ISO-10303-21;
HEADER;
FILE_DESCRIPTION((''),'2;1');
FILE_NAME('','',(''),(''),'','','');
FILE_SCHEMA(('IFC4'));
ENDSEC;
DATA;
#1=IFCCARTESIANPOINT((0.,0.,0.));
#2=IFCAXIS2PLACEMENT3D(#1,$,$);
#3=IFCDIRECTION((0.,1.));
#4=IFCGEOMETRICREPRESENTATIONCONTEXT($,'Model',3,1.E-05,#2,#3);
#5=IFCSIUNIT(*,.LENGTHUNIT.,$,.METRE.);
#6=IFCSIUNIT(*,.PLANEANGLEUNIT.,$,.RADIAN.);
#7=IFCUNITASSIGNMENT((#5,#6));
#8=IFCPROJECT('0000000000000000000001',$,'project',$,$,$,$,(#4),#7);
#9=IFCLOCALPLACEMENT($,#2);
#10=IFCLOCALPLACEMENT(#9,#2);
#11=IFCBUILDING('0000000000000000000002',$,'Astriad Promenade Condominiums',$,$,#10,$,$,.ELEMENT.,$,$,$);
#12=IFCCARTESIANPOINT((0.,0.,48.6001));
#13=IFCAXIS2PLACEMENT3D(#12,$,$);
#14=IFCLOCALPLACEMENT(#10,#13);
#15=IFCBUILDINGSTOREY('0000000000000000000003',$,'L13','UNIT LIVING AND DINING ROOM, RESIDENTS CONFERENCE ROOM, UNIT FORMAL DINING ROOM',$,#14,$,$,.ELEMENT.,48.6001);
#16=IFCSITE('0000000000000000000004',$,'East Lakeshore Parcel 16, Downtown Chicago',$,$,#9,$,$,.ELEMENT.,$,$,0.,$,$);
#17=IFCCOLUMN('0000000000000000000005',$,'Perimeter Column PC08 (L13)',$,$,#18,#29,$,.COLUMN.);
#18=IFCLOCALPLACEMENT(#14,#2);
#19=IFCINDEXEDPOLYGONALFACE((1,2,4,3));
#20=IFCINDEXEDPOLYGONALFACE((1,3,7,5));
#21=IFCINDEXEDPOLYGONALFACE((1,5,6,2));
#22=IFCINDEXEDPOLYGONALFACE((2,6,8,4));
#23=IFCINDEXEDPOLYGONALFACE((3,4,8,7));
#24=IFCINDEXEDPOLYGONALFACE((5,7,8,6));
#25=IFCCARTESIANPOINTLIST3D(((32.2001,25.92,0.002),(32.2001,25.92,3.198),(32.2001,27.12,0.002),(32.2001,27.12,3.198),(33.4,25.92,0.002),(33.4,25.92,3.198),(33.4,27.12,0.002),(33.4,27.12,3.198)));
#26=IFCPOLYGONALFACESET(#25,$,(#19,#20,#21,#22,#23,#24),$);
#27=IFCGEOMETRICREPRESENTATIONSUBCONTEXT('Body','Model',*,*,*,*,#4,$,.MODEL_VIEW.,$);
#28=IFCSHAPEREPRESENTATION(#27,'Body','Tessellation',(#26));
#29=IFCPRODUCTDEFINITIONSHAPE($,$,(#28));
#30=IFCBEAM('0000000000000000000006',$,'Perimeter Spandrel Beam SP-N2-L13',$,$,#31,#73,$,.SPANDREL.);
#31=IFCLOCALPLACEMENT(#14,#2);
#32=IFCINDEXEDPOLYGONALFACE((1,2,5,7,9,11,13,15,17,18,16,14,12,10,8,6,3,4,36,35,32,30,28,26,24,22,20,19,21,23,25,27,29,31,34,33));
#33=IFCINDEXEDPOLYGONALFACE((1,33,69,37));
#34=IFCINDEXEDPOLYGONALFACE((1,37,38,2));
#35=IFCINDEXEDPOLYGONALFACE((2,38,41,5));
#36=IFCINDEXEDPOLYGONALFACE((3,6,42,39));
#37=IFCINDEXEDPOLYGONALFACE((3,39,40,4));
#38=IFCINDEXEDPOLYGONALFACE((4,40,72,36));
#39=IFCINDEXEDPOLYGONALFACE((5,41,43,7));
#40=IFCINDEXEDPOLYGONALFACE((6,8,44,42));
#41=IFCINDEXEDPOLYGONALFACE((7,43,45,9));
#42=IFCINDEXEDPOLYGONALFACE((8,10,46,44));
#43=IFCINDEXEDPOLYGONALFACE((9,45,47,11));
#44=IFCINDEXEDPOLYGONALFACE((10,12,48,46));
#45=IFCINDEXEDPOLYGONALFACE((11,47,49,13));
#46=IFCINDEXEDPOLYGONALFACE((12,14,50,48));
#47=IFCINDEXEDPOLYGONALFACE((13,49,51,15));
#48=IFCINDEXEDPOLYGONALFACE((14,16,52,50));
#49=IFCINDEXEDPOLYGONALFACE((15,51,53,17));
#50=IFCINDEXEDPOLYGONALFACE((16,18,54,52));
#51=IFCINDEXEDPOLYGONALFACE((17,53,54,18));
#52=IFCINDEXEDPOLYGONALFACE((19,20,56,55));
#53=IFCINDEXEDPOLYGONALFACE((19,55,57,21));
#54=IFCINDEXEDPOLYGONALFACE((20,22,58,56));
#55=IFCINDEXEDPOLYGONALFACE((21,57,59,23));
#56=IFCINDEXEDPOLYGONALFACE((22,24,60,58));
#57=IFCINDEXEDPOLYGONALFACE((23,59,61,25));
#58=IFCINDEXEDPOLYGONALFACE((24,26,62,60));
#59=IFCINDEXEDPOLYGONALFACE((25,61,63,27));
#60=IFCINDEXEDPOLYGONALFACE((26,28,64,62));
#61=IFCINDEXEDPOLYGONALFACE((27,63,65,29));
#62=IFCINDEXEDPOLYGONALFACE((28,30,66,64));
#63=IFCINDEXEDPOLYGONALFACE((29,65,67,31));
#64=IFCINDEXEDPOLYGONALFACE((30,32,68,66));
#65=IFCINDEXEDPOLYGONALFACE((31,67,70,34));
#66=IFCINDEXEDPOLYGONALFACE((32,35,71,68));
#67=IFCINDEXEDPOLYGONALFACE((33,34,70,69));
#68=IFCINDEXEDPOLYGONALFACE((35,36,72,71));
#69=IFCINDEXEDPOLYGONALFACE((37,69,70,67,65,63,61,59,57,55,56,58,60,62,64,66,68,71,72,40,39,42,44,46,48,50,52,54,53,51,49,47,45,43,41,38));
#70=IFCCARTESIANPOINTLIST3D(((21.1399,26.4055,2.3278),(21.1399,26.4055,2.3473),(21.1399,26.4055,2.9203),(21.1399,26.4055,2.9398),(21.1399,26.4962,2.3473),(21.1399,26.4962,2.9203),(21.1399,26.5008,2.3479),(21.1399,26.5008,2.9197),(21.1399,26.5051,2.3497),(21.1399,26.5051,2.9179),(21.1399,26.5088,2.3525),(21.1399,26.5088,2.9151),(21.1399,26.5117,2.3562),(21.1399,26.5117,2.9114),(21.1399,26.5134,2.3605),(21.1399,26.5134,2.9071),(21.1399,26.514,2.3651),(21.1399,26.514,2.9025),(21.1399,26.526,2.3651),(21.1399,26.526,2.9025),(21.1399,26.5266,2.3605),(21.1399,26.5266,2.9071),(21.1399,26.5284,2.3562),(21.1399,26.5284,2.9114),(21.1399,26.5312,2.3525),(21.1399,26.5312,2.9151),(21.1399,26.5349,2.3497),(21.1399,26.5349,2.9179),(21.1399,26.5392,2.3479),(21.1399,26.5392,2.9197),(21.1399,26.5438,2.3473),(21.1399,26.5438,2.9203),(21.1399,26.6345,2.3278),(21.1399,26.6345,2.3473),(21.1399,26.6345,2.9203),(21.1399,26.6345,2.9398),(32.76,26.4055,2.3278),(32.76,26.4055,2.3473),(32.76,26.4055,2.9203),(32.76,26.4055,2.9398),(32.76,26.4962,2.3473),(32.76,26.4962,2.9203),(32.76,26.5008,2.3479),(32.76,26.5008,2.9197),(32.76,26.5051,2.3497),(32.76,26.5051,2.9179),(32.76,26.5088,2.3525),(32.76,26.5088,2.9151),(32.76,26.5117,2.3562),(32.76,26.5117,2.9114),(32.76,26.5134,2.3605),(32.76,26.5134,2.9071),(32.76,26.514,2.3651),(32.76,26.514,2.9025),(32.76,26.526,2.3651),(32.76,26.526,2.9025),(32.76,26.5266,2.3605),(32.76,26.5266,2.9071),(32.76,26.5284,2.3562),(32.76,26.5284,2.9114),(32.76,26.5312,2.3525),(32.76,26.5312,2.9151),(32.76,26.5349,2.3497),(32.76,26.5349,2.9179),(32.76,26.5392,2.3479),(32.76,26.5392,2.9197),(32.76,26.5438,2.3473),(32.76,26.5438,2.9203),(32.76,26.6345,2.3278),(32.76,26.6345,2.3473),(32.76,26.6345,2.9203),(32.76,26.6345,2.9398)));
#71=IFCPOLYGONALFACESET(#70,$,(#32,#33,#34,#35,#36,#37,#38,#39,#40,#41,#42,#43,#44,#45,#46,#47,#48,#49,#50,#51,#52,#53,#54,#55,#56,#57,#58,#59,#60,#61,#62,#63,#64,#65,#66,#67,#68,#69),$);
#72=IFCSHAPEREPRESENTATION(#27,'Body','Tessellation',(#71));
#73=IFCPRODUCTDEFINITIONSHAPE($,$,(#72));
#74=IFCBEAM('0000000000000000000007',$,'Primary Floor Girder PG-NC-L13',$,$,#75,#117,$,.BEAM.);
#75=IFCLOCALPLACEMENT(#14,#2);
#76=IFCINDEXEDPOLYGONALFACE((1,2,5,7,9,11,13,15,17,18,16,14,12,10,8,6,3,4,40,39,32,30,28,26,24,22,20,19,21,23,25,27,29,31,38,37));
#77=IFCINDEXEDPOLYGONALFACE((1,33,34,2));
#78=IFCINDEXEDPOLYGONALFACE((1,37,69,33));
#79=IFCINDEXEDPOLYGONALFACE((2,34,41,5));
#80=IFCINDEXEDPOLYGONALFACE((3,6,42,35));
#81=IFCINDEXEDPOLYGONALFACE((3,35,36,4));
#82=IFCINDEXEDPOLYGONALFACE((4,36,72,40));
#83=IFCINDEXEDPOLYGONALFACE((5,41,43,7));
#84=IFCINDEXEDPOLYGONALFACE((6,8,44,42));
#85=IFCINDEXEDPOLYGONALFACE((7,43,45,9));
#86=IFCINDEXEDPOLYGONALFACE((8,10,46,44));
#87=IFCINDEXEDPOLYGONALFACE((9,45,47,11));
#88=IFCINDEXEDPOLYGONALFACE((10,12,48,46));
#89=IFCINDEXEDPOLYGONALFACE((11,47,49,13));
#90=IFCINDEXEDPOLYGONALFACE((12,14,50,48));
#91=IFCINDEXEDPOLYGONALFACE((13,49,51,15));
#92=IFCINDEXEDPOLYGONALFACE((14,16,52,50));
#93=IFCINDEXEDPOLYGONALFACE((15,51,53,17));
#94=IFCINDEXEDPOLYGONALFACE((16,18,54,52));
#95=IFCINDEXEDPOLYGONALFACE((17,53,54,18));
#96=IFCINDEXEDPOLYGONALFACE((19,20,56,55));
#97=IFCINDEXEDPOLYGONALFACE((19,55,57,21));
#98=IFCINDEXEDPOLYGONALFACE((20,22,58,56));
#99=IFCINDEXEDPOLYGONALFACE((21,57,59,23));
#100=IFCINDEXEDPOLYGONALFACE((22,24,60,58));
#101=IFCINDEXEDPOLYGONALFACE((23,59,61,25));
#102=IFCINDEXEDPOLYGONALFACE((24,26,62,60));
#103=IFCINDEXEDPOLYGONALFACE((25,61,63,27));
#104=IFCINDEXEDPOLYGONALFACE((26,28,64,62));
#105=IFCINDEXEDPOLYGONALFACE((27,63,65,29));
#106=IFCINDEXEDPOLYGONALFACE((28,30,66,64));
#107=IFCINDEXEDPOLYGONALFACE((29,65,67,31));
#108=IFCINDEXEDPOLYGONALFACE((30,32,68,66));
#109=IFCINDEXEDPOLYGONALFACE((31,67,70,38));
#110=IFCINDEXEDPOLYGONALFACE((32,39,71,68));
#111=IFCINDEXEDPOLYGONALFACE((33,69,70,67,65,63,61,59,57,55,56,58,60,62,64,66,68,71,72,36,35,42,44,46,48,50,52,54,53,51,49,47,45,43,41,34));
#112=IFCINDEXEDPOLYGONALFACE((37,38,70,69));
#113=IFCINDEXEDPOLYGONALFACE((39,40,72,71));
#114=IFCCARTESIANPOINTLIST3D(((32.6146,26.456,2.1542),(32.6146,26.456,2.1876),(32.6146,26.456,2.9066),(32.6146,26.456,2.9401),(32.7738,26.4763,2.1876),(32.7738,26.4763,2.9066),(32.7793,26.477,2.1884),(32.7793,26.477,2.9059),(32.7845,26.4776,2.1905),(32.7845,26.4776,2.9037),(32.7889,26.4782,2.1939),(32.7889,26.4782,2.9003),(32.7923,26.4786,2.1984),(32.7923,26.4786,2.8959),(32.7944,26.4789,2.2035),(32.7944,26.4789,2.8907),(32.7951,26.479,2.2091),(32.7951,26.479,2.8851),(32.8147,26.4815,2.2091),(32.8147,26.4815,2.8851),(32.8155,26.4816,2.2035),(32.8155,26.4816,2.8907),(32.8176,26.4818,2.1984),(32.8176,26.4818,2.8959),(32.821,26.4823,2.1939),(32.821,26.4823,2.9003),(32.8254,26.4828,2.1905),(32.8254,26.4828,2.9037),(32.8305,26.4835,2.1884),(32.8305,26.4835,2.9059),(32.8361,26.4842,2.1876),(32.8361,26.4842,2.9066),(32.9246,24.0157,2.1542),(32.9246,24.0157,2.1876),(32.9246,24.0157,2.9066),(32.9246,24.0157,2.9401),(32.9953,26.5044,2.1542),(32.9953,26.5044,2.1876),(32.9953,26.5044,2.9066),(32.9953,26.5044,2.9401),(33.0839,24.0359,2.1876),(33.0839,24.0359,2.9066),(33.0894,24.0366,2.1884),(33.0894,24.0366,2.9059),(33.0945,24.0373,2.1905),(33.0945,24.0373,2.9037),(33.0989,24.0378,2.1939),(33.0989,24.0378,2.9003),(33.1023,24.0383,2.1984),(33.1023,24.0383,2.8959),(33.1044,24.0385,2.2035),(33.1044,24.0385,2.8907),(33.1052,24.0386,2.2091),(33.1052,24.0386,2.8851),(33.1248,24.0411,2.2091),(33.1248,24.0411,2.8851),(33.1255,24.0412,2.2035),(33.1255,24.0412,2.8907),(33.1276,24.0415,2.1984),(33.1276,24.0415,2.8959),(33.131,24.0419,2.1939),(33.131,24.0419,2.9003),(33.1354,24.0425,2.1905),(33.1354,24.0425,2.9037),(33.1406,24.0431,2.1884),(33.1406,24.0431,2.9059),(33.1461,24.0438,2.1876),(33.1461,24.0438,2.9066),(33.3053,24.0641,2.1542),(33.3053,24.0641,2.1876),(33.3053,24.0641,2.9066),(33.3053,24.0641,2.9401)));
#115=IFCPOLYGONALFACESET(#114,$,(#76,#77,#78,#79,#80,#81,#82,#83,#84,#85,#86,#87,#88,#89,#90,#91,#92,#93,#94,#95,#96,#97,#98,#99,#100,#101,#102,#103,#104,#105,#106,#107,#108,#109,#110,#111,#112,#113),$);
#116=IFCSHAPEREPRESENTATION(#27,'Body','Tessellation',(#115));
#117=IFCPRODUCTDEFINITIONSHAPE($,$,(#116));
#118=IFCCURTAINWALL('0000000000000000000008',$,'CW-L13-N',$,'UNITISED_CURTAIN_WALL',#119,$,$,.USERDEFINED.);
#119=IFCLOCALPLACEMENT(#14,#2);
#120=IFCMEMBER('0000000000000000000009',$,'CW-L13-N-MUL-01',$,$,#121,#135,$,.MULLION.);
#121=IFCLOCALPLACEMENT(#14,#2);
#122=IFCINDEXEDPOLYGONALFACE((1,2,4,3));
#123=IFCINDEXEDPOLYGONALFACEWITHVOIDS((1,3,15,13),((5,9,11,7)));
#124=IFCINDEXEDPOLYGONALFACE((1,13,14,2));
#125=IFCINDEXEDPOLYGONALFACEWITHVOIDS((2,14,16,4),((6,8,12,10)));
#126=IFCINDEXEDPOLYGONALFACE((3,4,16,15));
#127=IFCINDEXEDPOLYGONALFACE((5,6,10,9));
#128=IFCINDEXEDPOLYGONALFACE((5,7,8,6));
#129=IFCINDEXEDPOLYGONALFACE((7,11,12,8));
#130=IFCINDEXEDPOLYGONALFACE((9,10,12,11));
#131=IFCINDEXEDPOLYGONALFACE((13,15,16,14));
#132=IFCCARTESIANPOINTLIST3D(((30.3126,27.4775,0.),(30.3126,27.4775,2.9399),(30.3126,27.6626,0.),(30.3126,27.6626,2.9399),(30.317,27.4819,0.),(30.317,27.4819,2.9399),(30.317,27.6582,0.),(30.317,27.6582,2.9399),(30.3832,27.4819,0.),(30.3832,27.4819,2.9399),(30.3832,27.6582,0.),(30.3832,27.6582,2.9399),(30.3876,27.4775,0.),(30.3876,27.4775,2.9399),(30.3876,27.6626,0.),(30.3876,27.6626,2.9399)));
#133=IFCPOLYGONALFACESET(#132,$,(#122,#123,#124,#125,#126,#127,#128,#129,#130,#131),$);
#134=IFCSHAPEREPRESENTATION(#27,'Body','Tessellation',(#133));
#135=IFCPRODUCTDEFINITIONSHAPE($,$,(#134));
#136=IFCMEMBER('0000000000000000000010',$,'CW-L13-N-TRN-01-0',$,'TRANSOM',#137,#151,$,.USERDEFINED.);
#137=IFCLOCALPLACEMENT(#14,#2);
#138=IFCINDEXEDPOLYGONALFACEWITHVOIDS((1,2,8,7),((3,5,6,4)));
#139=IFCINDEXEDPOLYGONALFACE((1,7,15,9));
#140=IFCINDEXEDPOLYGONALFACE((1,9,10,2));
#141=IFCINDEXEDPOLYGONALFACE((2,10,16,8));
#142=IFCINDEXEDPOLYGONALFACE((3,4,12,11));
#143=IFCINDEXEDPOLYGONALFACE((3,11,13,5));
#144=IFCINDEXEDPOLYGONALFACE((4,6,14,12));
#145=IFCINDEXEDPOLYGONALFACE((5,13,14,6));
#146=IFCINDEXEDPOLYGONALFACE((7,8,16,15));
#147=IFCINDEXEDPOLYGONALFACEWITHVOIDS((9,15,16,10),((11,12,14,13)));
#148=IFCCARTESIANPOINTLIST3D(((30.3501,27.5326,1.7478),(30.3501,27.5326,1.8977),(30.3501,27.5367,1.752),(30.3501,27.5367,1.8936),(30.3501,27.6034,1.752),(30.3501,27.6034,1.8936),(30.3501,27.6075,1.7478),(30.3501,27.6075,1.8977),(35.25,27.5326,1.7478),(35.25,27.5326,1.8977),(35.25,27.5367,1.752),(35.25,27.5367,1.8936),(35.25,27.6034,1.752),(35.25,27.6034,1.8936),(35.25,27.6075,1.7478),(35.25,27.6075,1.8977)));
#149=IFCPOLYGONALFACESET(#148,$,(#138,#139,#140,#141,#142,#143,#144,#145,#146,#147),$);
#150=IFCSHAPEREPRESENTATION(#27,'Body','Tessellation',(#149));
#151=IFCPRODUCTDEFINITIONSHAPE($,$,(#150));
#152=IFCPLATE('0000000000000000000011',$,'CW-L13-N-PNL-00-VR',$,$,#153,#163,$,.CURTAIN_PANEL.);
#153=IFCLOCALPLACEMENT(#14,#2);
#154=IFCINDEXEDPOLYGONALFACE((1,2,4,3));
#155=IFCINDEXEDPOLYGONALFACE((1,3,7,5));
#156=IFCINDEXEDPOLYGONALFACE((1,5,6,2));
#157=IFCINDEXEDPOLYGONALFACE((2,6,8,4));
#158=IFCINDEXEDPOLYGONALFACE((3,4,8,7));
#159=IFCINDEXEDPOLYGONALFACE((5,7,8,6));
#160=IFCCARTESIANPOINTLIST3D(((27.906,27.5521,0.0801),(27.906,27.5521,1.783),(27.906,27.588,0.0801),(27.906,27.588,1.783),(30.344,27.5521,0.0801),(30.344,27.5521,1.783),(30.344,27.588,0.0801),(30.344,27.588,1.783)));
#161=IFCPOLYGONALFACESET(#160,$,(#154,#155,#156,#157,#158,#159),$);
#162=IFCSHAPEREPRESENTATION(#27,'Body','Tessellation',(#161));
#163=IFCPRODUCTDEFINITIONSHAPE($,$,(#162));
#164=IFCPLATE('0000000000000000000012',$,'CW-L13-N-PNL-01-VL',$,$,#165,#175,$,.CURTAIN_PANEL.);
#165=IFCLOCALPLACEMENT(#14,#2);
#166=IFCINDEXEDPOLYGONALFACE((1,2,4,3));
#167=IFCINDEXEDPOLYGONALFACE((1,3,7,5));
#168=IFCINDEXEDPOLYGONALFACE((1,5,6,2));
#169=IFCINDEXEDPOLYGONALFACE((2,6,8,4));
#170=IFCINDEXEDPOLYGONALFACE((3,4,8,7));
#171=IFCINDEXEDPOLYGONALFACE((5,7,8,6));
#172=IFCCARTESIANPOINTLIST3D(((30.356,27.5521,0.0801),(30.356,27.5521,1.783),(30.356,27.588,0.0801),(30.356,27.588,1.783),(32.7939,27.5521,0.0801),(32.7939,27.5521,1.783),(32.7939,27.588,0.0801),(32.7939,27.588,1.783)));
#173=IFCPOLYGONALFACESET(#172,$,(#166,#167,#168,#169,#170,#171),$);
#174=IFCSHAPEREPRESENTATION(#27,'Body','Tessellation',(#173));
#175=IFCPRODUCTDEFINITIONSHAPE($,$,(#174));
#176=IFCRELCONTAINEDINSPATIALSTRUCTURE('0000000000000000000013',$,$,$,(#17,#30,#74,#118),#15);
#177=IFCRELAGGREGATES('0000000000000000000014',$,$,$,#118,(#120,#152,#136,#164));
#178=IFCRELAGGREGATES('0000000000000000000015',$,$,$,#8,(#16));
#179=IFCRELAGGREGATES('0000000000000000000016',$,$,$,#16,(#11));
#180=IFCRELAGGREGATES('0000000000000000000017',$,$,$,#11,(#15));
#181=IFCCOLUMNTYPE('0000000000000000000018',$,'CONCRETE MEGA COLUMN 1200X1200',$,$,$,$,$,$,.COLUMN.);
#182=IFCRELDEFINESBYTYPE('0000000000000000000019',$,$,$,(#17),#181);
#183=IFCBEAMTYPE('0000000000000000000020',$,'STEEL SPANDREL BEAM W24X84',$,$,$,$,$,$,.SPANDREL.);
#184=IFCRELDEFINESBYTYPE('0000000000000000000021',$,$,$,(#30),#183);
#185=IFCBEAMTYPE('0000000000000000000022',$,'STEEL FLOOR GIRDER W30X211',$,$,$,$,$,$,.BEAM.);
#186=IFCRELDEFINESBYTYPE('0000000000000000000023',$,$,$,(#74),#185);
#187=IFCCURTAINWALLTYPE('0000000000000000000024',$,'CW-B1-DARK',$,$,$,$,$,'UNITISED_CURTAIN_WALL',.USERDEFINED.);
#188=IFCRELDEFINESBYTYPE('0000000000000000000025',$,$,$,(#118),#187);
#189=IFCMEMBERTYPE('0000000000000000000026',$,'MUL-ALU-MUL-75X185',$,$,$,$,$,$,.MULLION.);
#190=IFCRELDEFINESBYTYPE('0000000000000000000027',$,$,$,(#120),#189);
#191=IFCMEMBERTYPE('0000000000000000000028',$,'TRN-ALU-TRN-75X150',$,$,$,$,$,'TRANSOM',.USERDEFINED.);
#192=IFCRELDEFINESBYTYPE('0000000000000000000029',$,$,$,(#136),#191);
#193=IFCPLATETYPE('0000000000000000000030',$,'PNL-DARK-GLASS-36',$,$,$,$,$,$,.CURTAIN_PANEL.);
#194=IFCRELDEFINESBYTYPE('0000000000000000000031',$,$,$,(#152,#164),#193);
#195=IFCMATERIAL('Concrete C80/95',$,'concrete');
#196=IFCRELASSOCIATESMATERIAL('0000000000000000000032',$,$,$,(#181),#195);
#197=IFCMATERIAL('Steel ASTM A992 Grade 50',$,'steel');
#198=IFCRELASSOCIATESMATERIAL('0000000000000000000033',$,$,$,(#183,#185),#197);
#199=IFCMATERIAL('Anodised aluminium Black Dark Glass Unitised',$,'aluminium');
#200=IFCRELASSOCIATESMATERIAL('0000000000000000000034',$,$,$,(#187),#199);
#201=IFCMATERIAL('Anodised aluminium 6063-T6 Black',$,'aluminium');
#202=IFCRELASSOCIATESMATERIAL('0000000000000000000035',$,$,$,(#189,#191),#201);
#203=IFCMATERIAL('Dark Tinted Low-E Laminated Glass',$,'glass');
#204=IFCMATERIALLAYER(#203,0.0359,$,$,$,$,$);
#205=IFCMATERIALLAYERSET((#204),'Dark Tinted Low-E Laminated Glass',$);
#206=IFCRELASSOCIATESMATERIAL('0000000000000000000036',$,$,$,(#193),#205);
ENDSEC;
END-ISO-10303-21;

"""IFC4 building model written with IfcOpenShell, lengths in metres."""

from ifc_helpers import new_model, si_unit, direction, frame, origin, origin_2d, place, context, subcontext, project, spatial, rectangle, hollow_rectangle, i_section, extrude, source, transform, mapped, material, layer, layer_set, material_profile, profile_set, type_object, type_shapes, element, aggregate, save


model = new_model("IFC4")

# Units and contexts
model_context = context("Model", 3, precision=1e-05, world=origin(), true_north=direction((0.0, 1.0)))
body_context = subcontext(model_context, "Body", "Model", "MODEL_VIEW")
ifc_project = project(units=[si_unit("LENGTHUNIT", "METRE"), si_unit("PLANEANGLEUNIT", "RADIAN")], contexts=[model_context])

# Site, building, storey
site_placement = place(None, origin())
site = spatial("IfcSite", under=ifc_project, at=site_placement, Name="East Lakeshore Parcel 16, Downtown Chicago", CompositionType="ELEMENT", RefElevation=0.0)
building_placement = place(site_placement, origin())
building = spatial("IfcBuilding", under=site, at=building_placement, Name="Astriad Promenade Condominiums", CompositionType="ELEMENT")
storey_placement = place(building_placement, frame((0.0, 0.0, 48.6001)))
storey = spatial("IfcBuildingStorey", under=building, at=storey_placement, Name="L13", Description="UNIT LIVING AND DINING ROOM, RESIDENTS CONFERENCE ROOM, UNIT FORMAL DINING ROOM", CompositionType="ELEMENT", Elevation=48.6001)

# Column
ifc_material_1 = material(Name="Concrete C80/95", Category="concrete")
ifc_material_profile_1 = material_profile(ifc_material_1, rectangle(XDim=1.2, YDim=1.2, at=origin_2d()), Name="RC-COL-1200X1200")
ifc_profile_set_1 = profile_set([ifc_material_profile_1], Name="Concrete C80/95")
column_type = type_object("IfcColumnType", Name="CONCRETE MEGA COLUMN 1200X1200", PredefinedType="COLUMN", material=ifc_profile_set_1)
shared_shape_1 = source(origin(), body_context, "Body", "SweptSolid", [
    extrude(rectangle(XDim=1.2, YDim=1.2, at=origin_2d()), origin(), (0.0, 0.0, 1.0), 3.196),
])
type_shapes(column_type, [shared_shape_1])
column_placement = place(storey_placement, frame((32.8, 26.52, 0.002), z_axis=(0.0, 0.0, 1.0), x_axis=(1.0, 0.0, 0.0)))
element("IfcColumn", 1, at=column_placement, inside=storey, type_object=column_type, Name="Perimeter Column PC08 (L13)", PredefinedType="COLUMN", context=body_context, shape_type="MappedRepresentation", body=[
    mapped(shared_shape_1, transform((0.0, 0.0, 0.0), scale=1.0)),
])

# Beams
ifc_material_2 = material(Name="Steel ASTM A992 Grade 50", Category="steel")
ifc_material_profile_2 = material_profile(ifc_material_2, i_section(OverallWidth=0.229, OverallDepth=0.6121, WebThickness=0.012, FlangeThickness=0.0195, FilletRadius=0.0178, at=origin_2d()), Name="W24X84")
ifc_profile_set_2 = profile_set([ifc_material_profile_2], Name="Steel ASTM A992 Grade 50")
beam_type_1 = type_object("IfcBeamType", Name="STEEL SPANDREL BEAM W24X84", PredefinedType="SPANDREL", material=ifc_profile_set_2)
shared_shape_2 = source(origin(), body_context, "Body", "SweptSolid", [
    extrude(i_section(OverallWidth=0.229, OverallDepth=0.6121, WebThickness=0.012, FlangeThickness=0.0195, FilletRadius=0.0178, at=origin_2d()), origin(), (0.0, 0.0, 1.0), 11.6201),
])
type_shapes(beam_type_1, [shared_shape_2])
beam_1_placement = place(storey_placement, frame((32.76, 26.52, 2.6338), z_axis=(-1.0, 0.0, 0.0), x_axis=(0.0, -1.0, 0.0)))
element("IfcBeam", 2, at=beam_1_placement, inside=storey, type_object=beam_type_1, Name="Perimeter Spandrel Beam SP-N2-L13", PredefinedType="SPANDREL", context=body_context, shape_type="MappedRepresentation", body=[
    mapped(shared_shape_2, transform((0.0, 0.0, 0.0), scale=1.0)),
])
ifc_material_profile_3 = material_profile(ifc_material_2, i_section(OverallWidth=0.3838, OverallDepth=0.7859, WebThickness=0.0198, FlangeThickness=0.0334, FilletRadius=0.0215, at=origin_2d()), Name="W30X211")
ifc_profile_set_3 = profile_set([ifc_material_profile_3], Name="Steel ASTM A992 Grade 50")
beam_type_2 = type_object("IfcBeamType", Name="STEEL FLOOR GIRDER W30X211", PredefinedType="BEAM", material=ifc_profile_set_3)
shared_shape_3 = source(origin(), body_context, "Body", "SweptSolid", [
    extrude(i_section(OverallWidth=0.3838, OverallDepth=0.7859, WebThickness=0.0198, FlangeThickness=0.0334, FilletRadius=0.0215, at=origin_2d()), origin(), (0.0, 0.0, 1.0), 2.46),
])
type_shapes(beam_type_2, [shared_shape_3])
beam_2_placement = place(storey_placement, frame((32.8049, 26.4802, 2.5471), z_axis=(0.126038, -0.992025, 0.0), x_axis=(0.992025, 0.126038, 0.0)))
element("IfcBeam", 3, at=beam_2_placement, inside=storey, type_object=beam_type_2, Name="Primary Floor Girder PG-NC-L13", PredefinedType="BEAM", context=body_context, shape_type="MappedRepresentation", body=[
    mapped(shared_shape_3, transform((0.0, 0.0, 0.0), scale=1.0)),
])

# Curtain wall, members, plates
ifc_material_3 = material(Name="Anodised aluminium Black Dark Glass Unitised", Category="aluminium")
curtain_wall_type = type_object("IfcCurtainWallType", Name="CW-B1-DARK", ElementType="UNITISED_CURTAIN_WALL", PredefinedType="USERDEFINED", material=ifc_material_3)
curtain_wall_placement = place(storey_placement, origin())
curtain_wall = element("IfcCurtainWall", 4, at=curtain_wall_placement, inside=storey, type_object=curtain_wall_type, Name="CW-L13-N", ObjectType="UNITISED_CURTAIN_WALL", PredefinedType="USERDEFINED")
ifc_material_4 = material(Name="Anodised aluminium 6063-T6 Black", Category="aluminium")
ifc_material_profile_4 = material_profile(ifc_material_4, hollow_rectangle(XDim=0.075, YDim=0.1851, WallThickness=0.0044, at=origin_2d()), Name="ALU-MUL-75X185")
ifc_profile_set_4 = profile_set([ifc_material_profile_4], Name="Anodised aluminium 6063-T6 Black")
member_type_1 = type_object("IfcMemberType", Name="MUL-ALU-MUL-75X185", PredefinedType="MULLION", material=ifc_profile_set_4)
shared_shape_4 = source(origin(), body_context, "Body", "SweptSolid", [
    extrude(hollow_rectangle(XDim=0.075, YDim=0.1851, WallThickness=0.0044, at=origin_2d()), origin(), (0.0, 0.0, 1.0), 2.9399),
])
type_shapes(member_type_1, [shared_shape_4])
member_1_placement = place(storey_placement, frame((30.3501, 27.5701, 0.0), z_axis=(0.0, 0.0, 1.0), x_axis=(1.0, 0.0, 0.0)))
member_1 = element("IfcMember", 5, at=member_1_placement, type_object=member_type_1, Name="CW-L13-N-MUL-01", PredefinedType="MULLION", context=body_context, shape_type="MappedRepresentation", body=[
    mapped(shared_shape_4, transform((0.0, 0.0, 0.0), scale=1.0)),
])
ifc_material_profile_5 = material_profile(ifc_material_4, hollow_rectangle(XDim=0.075, YDim=0.1499, WallThickness=0.0042, at=origin_2d()), Name="ALU-TRN-75X150")
ifc_profile_set_5 = profile_set([ifc_material_profile_5], Name="Anodised aluminium 6063-T6 Black")
member_type_2 = type_object("IfcMemberType", Name="TRN-ALU-TRN-75X150", ElementType="TRANSOM", PredefinedType="USERDEFINED", material=ifc_profile_set_5)
shared_shape_5 = source(origin(), body_context, "Body", "SweptSolid", [
    extrude(hollow_rectangle(XDim=0.075, YDim=0.1499, WallThickness=0.0042, at=origin_2d()), origin(), (0.0, 0.0, 1.0), 4.8999),
])
type_shapes(member_type_2, [shared_shape_5])
member_2_placement = place(storey_placement, frame((30.3501, 27.5701, 1.8228), z_axis=(1.0, 0.0, 0.0), x_axis=(0.0, 1.0, 0.0)))
member_2 = element("IfcMember", 6, at=member_2_placement, type_object=member_type_2, Name="CW-L13-N-TRN-01-0", ObjectType="TRANSOM", PredefinedType="USERDEFINED", context=body_context, shape_type="MappedRepresentation", body=[
    mapped(shared_shape_5, transform((0.0, 0.0, 0.0), scale=1.0)),
])
ifc_material_5 = material(Name="Dark Tinted Low-E Laminated Glass", Category="glass")
ifc_layer_1 = layer(ifc_material_5, 0.0359)
ifc_layer_set_1 = layer_set([ifc_layer_1], Name="Dark Tinted Low-E Laminated Glass")
plate_type = type_object("IfcPlateType", Name="PNL-DARK-GLASS-36", PredefinedType="CURTAIN_PANEL", material=ifc_layer_set_1)
shared_shape_6 = source(origin(), body_context, "Body", "SweptSolid", [
    extrude(rectangle(XDim=2.438, YDim=0.0359, at=origin_2d()), origin(), (0.0, 0.0, 1.0), 1.7029),
])
plate_1_placement = place(storey_placement, frame((29.125, 27.5701, 0.0801), z_axis=(0.0, 0.0, 1.0), x_axis=(1.0, 0.0, 0.0)))
plate_1 = element("IfcPlate", 7, at=plate_1_placement, type_object=plate_type, Name="CW-L13-N-PNL-00-VR", PredefinedType="CURTAIN_PANEL", context=body_context, shape_type="MappedRepresentation", body=[
    mapped(shared_shape_6, transform((0.0, 0.0, 0.0), scale=1.0)),
])
plate_2_placement = place(storey_placement, frame((31.575, 27.5701, 0.0801), z_axis=(0.0, 0.0, 1.0), x_axis=(1.0, 0.0, 0.0)))
plate_2 = element("IfcPlate", 8, at=plate_2_placement, type_object=plate_type, Name="CW-L13-N-PNL-01-VL", PredefinedType="CURTAIN_PANEL", context=body_context, shape_type="MappedRepresentation", body=[
    mapped(shared_shape_6, transform((0.0, 0.0, 0.0), scale=1.0)),
])
aggregate(curtain_wall, [member_1, plate_1, member_2, plate_2])

save(model, "model.ifc")
